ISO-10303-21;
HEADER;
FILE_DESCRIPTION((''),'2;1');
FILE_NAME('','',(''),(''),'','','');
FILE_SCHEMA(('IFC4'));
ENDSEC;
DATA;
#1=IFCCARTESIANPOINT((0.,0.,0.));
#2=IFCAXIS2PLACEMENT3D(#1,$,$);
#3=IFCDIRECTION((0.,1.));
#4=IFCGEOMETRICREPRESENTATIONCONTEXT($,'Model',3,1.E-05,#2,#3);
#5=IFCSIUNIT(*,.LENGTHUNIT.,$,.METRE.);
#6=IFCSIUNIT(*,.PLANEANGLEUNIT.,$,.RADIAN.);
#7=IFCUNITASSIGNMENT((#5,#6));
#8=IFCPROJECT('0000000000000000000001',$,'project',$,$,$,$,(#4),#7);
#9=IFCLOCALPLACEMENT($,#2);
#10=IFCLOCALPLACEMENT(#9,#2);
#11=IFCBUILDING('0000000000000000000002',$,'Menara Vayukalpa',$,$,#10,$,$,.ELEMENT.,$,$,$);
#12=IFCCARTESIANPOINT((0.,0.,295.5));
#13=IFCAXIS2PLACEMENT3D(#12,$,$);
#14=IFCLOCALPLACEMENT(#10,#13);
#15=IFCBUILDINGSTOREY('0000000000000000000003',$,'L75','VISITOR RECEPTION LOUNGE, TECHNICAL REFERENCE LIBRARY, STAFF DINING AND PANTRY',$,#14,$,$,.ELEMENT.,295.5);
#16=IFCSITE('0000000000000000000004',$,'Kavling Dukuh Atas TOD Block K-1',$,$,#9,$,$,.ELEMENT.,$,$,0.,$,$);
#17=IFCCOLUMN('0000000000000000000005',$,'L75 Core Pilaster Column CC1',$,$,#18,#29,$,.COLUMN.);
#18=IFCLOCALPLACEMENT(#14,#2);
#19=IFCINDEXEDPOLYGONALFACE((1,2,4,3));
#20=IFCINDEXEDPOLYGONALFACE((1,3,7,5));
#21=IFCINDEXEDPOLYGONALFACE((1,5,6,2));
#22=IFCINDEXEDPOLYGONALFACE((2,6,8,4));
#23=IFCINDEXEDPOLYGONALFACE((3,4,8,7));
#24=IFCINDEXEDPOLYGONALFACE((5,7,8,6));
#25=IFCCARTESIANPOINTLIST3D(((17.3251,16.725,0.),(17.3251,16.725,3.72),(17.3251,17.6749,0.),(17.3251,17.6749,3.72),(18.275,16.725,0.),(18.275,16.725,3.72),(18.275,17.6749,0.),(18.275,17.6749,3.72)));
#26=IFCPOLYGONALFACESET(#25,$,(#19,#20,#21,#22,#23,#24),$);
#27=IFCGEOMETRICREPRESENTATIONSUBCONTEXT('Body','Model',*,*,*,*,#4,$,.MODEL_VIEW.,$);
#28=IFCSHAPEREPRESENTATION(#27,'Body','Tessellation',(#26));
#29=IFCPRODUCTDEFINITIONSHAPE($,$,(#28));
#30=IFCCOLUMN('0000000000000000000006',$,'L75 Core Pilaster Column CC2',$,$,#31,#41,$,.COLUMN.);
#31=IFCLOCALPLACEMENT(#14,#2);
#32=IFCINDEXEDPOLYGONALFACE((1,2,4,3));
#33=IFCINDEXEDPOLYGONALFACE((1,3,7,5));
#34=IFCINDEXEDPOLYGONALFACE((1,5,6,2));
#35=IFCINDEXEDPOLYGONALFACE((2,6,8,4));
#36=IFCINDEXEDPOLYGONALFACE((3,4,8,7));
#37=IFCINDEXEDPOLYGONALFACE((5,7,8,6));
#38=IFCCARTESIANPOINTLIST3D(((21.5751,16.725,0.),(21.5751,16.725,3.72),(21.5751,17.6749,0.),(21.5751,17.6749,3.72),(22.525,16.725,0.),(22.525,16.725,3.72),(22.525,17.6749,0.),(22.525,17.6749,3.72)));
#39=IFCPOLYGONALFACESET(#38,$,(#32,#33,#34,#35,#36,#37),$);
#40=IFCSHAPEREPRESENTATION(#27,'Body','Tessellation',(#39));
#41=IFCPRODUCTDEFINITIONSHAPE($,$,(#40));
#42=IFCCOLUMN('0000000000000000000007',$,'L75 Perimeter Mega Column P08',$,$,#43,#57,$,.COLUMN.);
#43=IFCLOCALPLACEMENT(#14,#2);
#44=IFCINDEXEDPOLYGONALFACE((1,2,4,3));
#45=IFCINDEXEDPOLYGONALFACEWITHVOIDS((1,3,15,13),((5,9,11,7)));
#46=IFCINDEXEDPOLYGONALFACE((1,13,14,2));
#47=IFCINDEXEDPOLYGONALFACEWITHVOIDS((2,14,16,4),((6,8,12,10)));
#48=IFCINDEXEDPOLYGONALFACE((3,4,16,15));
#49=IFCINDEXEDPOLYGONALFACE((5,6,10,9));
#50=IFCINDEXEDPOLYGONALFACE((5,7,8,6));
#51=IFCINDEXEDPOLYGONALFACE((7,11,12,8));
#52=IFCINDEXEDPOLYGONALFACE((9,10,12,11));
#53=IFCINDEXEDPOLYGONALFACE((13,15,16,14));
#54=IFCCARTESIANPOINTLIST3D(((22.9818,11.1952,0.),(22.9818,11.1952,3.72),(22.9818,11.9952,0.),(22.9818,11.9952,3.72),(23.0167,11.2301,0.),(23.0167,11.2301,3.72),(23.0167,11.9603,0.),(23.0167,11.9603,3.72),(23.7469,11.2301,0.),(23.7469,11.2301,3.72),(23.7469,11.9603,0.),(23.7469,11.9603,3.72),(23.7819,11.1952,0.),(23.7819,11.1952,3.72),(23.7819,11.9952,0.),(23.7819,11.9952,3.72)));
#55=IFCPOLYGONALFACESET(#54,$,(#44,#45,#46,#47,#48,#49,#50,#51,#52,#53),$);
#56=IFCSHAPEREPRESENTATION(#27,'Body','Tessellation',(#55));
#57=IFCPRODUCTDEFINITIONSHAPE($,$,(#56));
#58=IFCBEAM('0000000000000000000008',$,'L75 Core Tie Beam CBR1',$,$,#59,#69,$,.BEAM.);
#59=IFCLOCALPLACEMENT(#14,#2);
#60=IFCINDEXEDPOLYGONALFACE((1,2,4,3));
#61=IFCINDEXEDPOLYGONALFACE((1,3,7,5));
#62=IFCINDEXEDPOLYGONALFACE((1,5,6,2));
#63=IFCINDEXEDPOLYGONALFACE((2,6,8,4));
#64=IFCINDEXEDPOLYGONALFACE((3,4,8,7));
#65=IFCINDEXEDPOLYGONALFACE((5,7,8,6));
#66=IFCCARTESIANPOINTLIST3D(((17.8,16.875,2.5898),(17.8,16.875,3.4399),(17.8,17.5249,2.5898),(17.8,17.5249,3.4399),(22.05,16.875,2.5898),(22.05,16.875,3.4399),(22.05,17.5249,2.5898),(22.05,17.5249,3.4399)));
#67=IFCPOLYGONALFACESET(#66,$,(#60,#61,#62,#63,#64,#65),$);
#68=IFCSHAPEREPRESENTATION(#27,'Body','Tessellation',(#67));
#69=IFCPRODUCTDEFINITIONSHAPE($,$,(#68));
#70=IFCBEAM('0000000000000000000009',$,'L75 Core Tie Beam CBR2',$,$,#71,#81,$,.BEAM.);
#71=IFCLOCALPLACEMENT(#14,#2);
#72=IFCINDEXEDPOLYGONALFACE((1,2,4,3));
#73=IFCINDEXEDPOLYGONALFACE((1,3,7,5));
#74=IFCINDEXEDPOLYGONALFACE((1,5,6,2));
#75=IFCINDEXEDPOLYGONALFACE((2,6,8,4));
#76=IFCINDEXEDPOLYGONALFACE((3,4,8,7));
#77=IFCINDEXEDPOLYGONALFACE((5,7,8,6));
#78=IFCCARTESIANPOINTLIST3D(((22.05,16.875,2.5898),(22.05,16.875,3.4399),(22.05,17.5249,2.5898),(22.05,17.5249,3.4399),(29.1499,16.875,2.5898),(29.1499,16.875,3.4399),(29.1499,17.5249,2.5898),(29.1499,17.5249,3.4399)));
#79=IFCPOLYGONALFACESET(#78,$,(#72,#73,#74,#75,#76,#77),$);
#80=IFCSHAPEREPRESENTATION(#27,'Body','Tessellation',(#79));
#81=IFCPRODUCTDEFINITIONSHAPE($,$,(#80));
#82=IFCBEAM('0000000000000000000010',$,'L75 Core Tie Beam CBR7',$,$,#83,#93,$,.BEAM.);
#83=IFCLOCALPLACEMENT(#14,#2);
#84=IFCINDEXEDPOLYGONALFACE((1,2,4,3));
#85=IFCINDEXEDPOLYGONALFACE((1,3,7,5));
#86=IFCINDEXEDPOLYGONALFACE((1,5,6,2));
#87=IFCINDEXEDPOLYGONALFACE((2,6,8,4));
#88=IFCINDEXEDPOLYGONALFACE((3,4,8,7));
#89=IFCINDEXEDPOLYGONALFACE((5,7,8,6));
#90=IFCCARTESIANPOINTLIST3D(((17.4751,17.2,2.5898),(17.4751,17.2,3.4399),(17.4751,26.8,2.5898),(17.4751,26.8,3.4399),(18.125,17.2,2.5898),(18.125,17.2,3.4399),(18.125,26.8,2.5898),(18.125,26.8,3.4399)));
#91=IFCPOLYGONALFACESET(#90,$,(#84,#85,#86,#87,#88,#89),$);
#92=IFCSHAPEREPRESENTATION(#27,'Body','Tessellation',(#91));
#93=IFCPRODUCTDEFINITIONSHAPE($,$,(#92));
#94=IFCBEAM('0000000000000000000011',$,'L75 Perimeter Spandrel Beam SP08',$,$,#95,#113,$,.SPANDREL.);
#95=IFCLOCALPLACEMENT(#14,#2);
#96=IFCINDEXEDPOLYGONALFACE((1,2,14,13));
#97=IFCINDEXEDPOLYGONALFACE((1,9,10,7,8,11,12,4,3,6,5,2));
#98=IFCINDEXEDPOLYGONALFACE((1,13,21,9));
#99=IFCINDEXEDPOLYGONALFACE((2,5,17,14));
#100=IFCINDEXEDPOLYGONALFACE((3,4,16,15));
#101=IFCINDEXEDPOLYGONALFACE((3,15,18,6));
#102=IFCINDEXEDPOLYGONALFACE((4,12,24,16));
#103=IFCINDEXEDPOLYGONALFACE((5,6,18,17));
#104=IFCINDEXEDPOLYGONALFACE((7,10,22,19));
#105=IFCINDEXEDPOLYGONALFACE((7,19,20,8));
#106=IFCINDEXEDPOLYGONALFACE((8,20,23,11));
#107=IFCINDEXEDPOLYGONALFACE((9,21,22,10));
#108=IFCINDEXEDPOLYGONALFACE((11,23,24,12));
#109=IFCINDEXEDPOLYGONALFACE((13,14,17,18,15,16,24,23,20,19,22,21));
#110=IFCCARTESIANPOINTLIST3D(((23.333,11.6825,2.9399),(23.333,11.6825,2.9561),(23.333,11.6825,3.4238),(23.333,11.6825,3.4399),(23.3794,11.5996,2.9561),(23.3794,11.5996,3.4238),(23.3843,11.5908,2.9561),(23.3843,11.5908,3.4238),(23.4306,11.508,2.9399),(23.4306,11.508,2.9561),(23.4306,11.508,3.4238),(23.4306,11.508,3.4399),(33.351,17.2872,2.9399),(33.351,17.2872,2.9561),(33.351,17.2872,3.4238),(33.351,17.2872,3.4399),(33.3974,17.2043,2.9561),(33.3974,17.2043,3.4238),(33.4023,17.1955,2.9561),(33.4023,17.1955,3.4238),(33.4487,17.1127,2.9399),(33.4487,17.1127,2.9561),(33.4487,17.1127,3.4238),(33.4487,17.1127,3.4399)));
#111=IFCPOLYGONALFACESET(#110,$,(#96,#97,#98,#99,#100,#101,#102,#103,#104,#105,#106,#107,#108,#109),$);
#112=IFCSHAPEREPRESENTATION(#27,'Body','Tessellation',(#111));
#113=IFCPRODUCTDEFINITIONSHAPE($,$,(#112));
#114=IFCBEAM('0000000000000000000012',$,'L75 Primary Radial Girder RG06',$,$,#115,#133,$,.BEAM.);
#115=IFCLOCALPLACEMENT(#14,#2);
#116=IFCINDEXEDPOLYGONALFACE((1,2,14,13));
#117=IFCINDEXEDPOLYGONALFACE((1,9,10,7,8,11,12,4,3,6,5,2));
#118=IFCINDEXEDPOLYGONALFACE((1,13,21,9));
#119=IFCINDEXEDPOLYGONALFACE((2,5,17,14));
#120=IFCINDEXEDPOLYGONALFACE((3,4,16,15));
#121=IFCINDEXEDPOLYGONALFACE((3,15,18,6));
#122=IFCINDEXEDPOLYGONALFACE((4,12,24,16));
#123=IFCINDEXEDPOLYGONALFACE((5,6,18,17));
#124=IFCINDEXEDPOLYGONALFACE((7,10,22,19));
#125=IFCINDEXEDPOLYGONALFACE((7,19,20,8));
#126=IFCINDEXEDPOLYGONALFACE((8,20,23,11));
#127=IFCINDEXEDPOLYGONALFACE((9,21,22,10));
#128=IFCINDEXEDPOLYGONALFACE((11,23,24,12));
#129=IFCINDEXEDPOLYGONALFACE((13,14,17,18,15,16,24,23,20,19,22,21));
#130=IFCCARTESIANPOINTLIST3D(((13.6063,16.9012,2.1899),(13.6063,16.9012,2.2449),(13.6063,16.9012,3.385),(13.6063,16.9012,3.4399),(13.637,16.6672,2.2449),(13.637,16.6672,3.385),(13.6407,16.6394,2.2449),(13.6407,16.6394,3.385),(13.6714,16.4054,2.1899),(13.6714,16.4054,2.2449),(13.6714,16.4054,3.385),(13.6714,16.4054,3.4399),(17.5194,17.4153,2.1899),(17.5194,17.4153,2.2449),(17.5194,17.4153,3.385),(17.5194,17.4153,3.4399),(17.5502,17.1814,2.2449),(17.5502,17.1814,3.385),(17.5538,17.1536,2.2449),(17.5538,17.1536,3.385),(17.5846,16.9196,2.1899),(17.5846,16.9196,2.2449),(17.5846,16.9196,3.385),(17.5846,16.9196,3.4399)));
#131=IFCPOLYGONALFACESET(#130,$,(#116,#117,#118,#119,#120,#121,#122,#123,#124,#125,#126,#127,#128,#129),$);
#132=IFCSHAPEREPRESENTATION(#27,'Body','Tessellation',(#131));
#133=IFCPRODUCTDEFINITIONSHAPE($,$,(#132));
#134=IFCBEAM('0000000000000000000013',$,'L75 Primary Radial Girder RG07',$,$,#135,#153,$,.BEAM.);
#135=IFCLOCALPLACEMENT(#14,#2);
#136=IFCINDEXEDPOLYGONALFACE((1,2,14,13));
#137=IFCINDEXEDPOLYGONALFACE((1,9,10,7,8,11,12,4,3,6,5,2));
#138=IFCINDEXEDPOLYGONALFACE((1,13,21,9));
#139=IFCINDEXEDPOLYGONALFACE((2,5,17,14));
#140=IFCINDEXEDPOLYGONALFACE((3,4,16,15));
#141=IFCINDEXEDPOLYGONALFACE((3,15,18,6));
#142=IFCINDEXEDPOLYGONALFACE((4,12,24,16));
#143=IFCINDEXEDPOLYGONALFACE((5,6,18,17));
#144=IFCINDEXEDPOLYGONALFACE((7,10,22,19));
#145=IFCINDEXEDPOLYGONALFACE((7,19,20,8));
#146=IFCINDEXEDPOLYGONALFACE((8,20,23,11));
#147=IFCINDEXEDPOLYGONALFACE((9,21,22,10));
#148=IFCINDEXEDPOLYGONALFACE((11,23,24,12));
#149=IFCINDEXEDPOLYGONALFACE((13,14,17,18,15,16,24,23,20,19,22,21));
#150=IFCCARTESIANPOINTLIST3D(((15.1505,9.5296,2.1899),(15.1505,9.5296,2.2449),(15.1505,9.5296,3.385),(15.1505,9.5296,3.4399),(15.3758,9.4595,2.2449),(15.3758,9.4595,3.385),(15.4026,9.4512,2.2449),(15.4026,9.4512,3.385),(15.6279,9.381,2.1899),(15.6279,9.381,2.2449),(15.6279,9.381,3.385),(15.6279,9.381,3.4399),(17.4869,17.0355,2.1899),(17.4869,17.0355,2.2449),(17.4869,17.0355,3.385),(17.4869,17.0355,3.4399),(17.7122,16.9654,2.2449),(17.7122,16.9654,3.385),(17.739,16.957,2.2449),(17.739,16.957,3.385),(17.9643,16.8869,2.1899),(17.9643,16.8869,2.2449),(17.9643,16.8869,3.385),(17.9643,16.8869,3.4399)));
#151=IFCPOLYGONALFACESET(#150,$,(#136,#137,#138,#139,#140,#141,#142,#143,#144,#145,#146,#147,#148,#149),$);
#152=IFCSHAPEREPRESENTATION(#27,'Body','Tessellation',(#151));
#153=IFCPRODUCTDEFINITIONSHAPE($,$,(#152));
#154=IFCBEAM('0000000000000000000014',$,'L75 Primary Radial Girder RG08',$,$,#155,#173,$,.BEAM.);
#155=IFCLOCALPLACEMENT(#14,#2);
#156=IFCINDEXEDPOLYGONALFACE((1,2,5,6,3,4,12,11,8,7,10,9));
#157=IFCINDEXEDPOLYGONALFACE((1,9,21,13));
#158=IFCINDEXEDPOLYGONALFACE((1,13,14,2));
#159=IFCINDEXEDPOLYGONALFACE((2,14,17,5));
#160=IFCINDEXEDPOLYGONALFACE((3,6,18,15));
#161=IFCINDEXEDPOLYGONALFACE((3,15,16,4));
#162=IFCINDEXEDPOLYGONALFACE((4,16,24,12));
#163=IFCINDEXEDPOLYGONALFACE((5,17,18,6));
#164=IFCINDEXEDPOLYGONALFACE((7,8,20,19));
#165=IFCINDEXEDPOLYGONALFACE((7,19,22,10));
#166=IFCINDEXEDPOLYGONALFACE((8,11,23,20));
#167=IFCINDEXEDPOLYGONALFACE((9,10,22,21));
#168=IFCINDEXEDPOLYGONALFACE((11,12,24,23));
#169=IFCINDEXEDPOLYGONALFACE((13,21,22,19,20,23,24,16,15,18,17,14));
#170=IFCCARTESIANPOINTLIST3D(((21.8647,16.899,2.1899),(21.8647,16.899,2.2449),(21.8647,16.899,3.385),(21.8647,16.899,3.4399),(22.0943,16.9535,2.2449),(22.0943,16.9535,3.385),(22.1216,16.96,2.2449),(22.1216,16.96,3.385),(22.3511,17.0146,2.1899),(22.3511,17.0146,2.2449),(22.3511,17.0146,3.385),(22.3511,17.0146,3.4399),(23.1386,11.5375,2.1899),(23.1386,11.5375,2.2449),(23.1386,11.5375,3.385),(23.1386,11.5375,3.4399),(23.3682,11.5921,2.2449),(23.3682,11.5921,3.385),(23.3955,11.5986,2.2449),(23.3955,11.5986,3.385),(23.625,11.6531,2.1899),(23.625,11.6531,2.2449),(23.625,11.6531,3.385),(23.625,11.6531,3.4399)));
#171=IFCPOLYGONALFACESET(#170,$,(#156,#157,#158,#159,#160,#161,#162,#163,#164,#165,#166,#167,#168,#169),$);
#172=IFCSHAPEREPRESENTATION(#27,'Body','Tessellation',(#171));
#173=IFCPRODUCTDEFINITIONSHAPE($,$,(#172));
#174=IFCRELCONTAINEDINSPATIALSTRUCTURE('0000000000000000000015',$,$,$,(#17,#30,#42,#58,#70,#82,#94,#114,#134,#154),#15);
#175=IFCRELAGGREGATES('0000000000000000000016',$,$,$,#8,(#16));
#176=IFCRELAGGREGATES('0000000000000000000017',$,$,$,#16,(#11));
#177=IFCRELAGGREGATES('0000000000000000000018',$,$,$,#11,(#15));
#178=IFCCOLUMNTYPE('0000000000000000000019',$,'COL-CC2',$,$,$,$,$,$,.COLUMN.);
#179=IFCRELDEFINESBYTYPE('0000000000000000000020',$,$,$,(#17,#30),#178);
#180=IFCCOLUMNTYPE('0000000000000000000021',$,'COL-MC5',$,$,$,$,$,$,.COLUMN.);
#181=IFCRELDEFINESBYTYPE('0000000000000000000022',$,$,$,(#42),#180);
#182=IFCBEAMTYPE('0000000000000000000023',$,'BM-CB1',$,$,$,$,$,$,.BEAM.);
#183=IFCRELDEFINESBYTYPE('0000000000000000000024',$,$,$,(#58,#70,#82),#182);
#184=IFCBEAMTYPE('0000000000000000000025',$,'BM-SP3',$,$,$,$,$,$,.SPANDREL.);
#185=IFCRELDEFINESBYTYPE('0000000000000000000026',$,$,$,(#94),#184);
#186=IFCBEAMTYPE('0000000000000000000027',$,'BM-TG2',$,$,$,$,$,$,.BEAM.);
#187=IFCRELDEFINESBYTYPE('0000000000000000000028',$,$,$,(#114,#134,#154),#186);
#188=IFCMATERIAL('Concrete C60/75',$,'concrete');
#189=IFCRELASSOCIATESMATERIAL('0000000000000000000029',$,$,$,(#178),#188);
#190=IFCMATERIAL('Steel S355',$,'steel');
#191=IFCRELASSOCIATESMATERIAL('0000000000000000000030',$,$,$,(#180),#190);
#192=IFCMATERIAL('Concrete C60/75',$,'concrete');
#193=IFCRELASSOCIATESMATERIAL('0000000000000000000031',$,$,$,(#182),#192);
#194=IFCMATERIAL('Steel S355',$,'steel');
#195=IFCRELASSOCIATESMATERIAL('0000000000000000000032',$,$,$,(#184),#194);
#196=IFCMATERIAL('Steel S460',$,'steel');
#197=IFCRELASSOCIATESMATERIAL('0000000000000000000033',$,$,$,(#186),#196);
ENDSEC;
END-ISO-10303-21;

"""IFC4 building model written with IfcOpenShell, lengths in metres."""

from ifc_helpers import new_model, si_unit, direction, frame, origin, origin_2d, place, context, subcontext, project, spatial, rectangle, hollow_rectangle, i_section, extrude, material, material_profile, profile_set, type_object, element, save


model = new_model("IFC4")

# Units and contexts
model_context = context("Model", 3, precision=1e-05, world=origin(), true_north=direction((0.0, 1.0)))
body_context = subcontext(model_context, "Body", "Model", "MODEL_VIEW")
ifc_project = project(units=[si_unit("LENGTHUNIT", "METRE"), si_unit("PLANEANGLEUNIT", "RADIAN")], contexts=[model_context])

# Site, building, storey
site_placement = place(None, origin())
site = spatial("IfcSite", under=ifc_project, at=site_placement, Name="Kavling Dukuh Atas TOD Block K-1", CompositionType="ELEMENT", RefElevation=0.0)
building_placement = place(site_placement, origin())
building = spatial("IfcBuilding", under=site, at=building_placement, Name="Menara Vayukalpa", CompositionType="ELEMENT")
storey_placement = place(building_placement, frame((0.0, 0.0, 295.5)))
storey = spatial("IfcBuildingStorey", under=building, at=storey_placement, Name="L75", Description="VISITOR RECEPTION LOUNGE, TECHNICAL REFERENCE LIBRARY, STAFF DINING AND PANTRY", CompositionType="ELEMENT", Elevation=295.5)

# Columns
ifc_material_1 = material(Name="Concrete C60/75", Category="concrete")
ifc_material_profile_1 = material_profile(ifc_material_1, rectangle(XDim=0.95, YDim=0.95, at=origin_2d()), Name="RC 950x950")
ifc_profile_set_1 = profile_set([ifc_material_profile_1], Name="Concrete C60/75")
column_type_1 = type_object("IfcColumnType", Name="COL-CC2", PredefinedType="COLUMN", material=ifc_profile_set_1)
for number, where, z_axis, x_axis, name in (
    (1, (17.8, 17.2, 0.0), (0.0, 0.0, 1.0), (1.0, 0.0, 0.0), "L75 Core Pilaster Column CC1"),
    (2, (22.05, 17.2, 0.0), (0.0, 0.0, 1.0), (1.0, 0.0, 0.0), "L75 Core Pilaster Column CC2"),
):
    element("IfcColumn", number, at=place(storey_placement, frame(where, z_axis=z_axis, x_axis=x_axis)), inside=storey, type_object=column_type_1, Name=name, PredefinedType="COLUMN", context=body_context, shape_type="SweptSolid", body=[
        extrude(rectangle(XDim=0.95, YDim=0.95, at=origin_2d()), origin(), (0.0, 0.0, 1.0), 3.72),
    ])
ifc_material_2 = material(Name="Steel S355", Category="steel")
ifc_material_profile_2 = material_profile(ifc_material_2, hollow_rectangle(XDim=0.8, YDim=0.8, WallThickness=0.0349, at=origin_2d()), Name="BOX 800x800x35")
ifc_profile_set_2 = profile_set([ifc_material_profile_2], Name="Steel S355")
column_type_2 = type_object("IfcColumnType", Name="COL-MC5", PredefinedType="COLUMN", material=ifc_profile_set_2)
column_placement = place(storey_placement, frame((23.3818, 11.5952, 0.0), z_axis=(0.0, 0.0, 1.0), x_axis=(1.0, 0.0, 0.0)))
element("IfcColumn", 3, at=column_placement, inside=storey, type_object=column_type_2, Name="L75 Perimeter Mega Column P08", PredefinedType="COLUMN", context=body_context, shape_type="SweptSolid", body=[
    extrude(hollow_rectangle(XDim=0.8, YDim=0.8, WallThickness=0.0349, at=origin_2d()), origin(), (0.0, 0.0, 1.0), 3.72),
])

# Beams
ifc_material_3 = material(Name="Concrete C60/75", Category="concrete")
ifc_material_profile_3 = material_profile(ifc_material_3, rectangle(XDim=0.6499, YDim=0.8501, at=origin_2d()), Name="RC 650x850")
ifc_profile_set_3 = profile_set([ifc_material_profile_3], Name="Concrete C60/75")
beam_type_1 = type_object("IfcBeamType", Name="BM-CB1", PredefinedType="BEAM", material=ifc_profile_set_3)
beam_1_placement = place(storey_placement, frame((17.8, 17.2, 3.0149), z_axis=(1.0, 0.0, 0.0), x_axis=(0.0, 1.0, 0.0)))
element("IfcBeam", 4, at=beam_1_placement, inside=storey, type_object=beam_type_1, Name="L75 Core Tie Beam CBR1", PredefinedType="BEAM", context=body_context, shape_type="SweptSolid", body=[
    extrude(rectangle(XDim=0.6499, YDim=0.8501, at=origin_2d()), origin(), (0.0, 0.0, 1.0), 4.25),
])
beam_2_placement = place(storey_placement, frame((22.05, 17.2, 3.0149), z_axis=(1.0, 0.0, 0.0), x_axis=(0.0, 1.0, 0.0)))
element("IfcBeam", 5, at=beam_2_placement, inside=storey, type_object=beam_type_1, Name="L75 Core Tie Beam CBR2", PredefinedType="BEAM", context=body_context, shape_type="SweptSolid", body=[
    extrude(rectangle(XDim=0.6499, YDim=0.8501, at=origin_2d()), origin(), (0.0, 0.0, 1.0), 7.0999),
])
beam_3_placement = place(storey_placement, frame((17.8, 17.2, 3.0149), z_axis=(0.0, 1.0, 0.0), x_axis=(-1.0, 0.0, 0.0)))
element("IfcBeam", 6, at=beam_3_placement, inside=storey, type_object=beam_type_1, Name="L75 Core Tie Beam CBR7", PredefinedType="BEAM", context=body_context, shape_type="SweptSolid", body=[
    extrude(rectangle(XDim=0.6499, YDim=0.8501, at=origin_2d()), origin(), (0.0, 0.0, 1.0), 9.6001),
])
ifc_material_4 = material(Name="Steel S355", Category="steel")
ifc_material_profile_4 = material_profile(ifc_material_4, i_section(OverallWidth=0.2, OverallDepth=0.5, WebThickness=0.01, FlangeThickness=0.0161, at=origin_2d()), Name="WF 500x200x10x16")
ifc_profile_set_4 = profile_set([ifc_material_profile_4], Name="Steel S355")
beam_type_2 = type_object("IfcBeamType", Name="BM-SP3", PredefinedType="SPANDREL", material=ifc_profile_set_4)
beam_4_placement = place(storey_placement, frame((23.3818, 11.5952, 3.1899), z_axis=(0.872706, 0.488246, 0.0), x_axis=(-0.488246, 0.872706, 0.0)))
element("IfcBeam", 7, at=beam_4_placement, inside=storey, type_object=beam_type_2, Name="L75 Perimeter Spandrel Beam SP08", PredefinedType="SPANDREL", context=body_context, shape_type="SweptSolid", body=[
    extrude(i_section(OverallWidth=0.2, OverallDepth=0.5, WebThickness=0.01, FlangeThickness=0.0161, at=origin_2d()), origin(), (0.0, 0.0, 1.0), 11.4792),
])
ifc_material_5 = material(Name="Steel S460", Category="steel")
ifc_material_profile_5 = material_profile(ifc_material_5, i_section(OverallWidth=0.5, OverallDepth=1.25, WebThickness=0.0281, FlangeThickness=0.0549, at=origin_2d()), Name="WG 1250x500x28x55")
ifc_profile_set_5 = profile_set([ifc_material_profile_5], Name="Steel S460")
beam_type_3 = type_object("IfcBeamType", Name="BM-TG2", PredefinedType="BEAM", material=ifc_profile_set_5)
beam_5_placement = place(storey_placement, frame((17.552, 17.1675, 2.8149), z_axis=(-0.991478, -0.130275, 0.0), x_axis=(0.130275, -0.991478, 0.0)))
element("IfcBeam", 8, at=beam_5_placement, inside=storey, type_object=beam_type_3, Name="L75 Primary Radial Girder RG06", PredefinedType="BEAM", context=body_context, shape_type="SweptSolid", body=[
    extrude(i_section(OverallWidth=0.5, OverallDepth=1.25, WebThickness=0.0281, FlangeThickness=0.0549, at=origin_2d()), origin(), (0.0, 0.0, 1.0), 3.9468),
])
beam_6_placement = place(storey_placement, frame((17.7256, 16.9612, 2.8149), z_axis=(-0.297214, -0.954811, 0.0), x_axis=(0.954811, -0.297214, 0.0)))
element("IfcBeam", 9, at=beam_6_placement, inside=storey, type_object=beam_type_3, Name="L75 Primary Radial Girder RG07", PredefinedType="BEAM", context=body_context, shape_type="SweptSolid", body=[
    extrude(i_section(OverallWidth=0.5, OverallDepth=1.25, WebThickness=0.0281, FlangeThickness=0.0549, at=origin_2d()), origin(), (0.0, 0.0, 1.0), 7.8611),
])
beam_7_placement = place(storey_placement, frame((22.1079, 16.9568, 2.8149), z_axis=(0.231167, -0.972914, 0.0), x_axis=(0.972914, 0.231167, 0.0)))
element("IfcBeam", 10, at=beam_7_placement, inside=storey, type_object=beam_type_3, Name="L75 Primary Radial Girder RG08", PredefinedType="BEAM", context=body_context, shape_type="SweptSolid", body=[
    extrude(i_section(OverallWidth=0.5, OverallDepth=1.25, WebThickness=0.0281, FlangeThickness=0.0549, at=origin_2d()), origin(), (0.0, 0.0, 1.0), 5.5107),
])

save(model, "model.ifc")
